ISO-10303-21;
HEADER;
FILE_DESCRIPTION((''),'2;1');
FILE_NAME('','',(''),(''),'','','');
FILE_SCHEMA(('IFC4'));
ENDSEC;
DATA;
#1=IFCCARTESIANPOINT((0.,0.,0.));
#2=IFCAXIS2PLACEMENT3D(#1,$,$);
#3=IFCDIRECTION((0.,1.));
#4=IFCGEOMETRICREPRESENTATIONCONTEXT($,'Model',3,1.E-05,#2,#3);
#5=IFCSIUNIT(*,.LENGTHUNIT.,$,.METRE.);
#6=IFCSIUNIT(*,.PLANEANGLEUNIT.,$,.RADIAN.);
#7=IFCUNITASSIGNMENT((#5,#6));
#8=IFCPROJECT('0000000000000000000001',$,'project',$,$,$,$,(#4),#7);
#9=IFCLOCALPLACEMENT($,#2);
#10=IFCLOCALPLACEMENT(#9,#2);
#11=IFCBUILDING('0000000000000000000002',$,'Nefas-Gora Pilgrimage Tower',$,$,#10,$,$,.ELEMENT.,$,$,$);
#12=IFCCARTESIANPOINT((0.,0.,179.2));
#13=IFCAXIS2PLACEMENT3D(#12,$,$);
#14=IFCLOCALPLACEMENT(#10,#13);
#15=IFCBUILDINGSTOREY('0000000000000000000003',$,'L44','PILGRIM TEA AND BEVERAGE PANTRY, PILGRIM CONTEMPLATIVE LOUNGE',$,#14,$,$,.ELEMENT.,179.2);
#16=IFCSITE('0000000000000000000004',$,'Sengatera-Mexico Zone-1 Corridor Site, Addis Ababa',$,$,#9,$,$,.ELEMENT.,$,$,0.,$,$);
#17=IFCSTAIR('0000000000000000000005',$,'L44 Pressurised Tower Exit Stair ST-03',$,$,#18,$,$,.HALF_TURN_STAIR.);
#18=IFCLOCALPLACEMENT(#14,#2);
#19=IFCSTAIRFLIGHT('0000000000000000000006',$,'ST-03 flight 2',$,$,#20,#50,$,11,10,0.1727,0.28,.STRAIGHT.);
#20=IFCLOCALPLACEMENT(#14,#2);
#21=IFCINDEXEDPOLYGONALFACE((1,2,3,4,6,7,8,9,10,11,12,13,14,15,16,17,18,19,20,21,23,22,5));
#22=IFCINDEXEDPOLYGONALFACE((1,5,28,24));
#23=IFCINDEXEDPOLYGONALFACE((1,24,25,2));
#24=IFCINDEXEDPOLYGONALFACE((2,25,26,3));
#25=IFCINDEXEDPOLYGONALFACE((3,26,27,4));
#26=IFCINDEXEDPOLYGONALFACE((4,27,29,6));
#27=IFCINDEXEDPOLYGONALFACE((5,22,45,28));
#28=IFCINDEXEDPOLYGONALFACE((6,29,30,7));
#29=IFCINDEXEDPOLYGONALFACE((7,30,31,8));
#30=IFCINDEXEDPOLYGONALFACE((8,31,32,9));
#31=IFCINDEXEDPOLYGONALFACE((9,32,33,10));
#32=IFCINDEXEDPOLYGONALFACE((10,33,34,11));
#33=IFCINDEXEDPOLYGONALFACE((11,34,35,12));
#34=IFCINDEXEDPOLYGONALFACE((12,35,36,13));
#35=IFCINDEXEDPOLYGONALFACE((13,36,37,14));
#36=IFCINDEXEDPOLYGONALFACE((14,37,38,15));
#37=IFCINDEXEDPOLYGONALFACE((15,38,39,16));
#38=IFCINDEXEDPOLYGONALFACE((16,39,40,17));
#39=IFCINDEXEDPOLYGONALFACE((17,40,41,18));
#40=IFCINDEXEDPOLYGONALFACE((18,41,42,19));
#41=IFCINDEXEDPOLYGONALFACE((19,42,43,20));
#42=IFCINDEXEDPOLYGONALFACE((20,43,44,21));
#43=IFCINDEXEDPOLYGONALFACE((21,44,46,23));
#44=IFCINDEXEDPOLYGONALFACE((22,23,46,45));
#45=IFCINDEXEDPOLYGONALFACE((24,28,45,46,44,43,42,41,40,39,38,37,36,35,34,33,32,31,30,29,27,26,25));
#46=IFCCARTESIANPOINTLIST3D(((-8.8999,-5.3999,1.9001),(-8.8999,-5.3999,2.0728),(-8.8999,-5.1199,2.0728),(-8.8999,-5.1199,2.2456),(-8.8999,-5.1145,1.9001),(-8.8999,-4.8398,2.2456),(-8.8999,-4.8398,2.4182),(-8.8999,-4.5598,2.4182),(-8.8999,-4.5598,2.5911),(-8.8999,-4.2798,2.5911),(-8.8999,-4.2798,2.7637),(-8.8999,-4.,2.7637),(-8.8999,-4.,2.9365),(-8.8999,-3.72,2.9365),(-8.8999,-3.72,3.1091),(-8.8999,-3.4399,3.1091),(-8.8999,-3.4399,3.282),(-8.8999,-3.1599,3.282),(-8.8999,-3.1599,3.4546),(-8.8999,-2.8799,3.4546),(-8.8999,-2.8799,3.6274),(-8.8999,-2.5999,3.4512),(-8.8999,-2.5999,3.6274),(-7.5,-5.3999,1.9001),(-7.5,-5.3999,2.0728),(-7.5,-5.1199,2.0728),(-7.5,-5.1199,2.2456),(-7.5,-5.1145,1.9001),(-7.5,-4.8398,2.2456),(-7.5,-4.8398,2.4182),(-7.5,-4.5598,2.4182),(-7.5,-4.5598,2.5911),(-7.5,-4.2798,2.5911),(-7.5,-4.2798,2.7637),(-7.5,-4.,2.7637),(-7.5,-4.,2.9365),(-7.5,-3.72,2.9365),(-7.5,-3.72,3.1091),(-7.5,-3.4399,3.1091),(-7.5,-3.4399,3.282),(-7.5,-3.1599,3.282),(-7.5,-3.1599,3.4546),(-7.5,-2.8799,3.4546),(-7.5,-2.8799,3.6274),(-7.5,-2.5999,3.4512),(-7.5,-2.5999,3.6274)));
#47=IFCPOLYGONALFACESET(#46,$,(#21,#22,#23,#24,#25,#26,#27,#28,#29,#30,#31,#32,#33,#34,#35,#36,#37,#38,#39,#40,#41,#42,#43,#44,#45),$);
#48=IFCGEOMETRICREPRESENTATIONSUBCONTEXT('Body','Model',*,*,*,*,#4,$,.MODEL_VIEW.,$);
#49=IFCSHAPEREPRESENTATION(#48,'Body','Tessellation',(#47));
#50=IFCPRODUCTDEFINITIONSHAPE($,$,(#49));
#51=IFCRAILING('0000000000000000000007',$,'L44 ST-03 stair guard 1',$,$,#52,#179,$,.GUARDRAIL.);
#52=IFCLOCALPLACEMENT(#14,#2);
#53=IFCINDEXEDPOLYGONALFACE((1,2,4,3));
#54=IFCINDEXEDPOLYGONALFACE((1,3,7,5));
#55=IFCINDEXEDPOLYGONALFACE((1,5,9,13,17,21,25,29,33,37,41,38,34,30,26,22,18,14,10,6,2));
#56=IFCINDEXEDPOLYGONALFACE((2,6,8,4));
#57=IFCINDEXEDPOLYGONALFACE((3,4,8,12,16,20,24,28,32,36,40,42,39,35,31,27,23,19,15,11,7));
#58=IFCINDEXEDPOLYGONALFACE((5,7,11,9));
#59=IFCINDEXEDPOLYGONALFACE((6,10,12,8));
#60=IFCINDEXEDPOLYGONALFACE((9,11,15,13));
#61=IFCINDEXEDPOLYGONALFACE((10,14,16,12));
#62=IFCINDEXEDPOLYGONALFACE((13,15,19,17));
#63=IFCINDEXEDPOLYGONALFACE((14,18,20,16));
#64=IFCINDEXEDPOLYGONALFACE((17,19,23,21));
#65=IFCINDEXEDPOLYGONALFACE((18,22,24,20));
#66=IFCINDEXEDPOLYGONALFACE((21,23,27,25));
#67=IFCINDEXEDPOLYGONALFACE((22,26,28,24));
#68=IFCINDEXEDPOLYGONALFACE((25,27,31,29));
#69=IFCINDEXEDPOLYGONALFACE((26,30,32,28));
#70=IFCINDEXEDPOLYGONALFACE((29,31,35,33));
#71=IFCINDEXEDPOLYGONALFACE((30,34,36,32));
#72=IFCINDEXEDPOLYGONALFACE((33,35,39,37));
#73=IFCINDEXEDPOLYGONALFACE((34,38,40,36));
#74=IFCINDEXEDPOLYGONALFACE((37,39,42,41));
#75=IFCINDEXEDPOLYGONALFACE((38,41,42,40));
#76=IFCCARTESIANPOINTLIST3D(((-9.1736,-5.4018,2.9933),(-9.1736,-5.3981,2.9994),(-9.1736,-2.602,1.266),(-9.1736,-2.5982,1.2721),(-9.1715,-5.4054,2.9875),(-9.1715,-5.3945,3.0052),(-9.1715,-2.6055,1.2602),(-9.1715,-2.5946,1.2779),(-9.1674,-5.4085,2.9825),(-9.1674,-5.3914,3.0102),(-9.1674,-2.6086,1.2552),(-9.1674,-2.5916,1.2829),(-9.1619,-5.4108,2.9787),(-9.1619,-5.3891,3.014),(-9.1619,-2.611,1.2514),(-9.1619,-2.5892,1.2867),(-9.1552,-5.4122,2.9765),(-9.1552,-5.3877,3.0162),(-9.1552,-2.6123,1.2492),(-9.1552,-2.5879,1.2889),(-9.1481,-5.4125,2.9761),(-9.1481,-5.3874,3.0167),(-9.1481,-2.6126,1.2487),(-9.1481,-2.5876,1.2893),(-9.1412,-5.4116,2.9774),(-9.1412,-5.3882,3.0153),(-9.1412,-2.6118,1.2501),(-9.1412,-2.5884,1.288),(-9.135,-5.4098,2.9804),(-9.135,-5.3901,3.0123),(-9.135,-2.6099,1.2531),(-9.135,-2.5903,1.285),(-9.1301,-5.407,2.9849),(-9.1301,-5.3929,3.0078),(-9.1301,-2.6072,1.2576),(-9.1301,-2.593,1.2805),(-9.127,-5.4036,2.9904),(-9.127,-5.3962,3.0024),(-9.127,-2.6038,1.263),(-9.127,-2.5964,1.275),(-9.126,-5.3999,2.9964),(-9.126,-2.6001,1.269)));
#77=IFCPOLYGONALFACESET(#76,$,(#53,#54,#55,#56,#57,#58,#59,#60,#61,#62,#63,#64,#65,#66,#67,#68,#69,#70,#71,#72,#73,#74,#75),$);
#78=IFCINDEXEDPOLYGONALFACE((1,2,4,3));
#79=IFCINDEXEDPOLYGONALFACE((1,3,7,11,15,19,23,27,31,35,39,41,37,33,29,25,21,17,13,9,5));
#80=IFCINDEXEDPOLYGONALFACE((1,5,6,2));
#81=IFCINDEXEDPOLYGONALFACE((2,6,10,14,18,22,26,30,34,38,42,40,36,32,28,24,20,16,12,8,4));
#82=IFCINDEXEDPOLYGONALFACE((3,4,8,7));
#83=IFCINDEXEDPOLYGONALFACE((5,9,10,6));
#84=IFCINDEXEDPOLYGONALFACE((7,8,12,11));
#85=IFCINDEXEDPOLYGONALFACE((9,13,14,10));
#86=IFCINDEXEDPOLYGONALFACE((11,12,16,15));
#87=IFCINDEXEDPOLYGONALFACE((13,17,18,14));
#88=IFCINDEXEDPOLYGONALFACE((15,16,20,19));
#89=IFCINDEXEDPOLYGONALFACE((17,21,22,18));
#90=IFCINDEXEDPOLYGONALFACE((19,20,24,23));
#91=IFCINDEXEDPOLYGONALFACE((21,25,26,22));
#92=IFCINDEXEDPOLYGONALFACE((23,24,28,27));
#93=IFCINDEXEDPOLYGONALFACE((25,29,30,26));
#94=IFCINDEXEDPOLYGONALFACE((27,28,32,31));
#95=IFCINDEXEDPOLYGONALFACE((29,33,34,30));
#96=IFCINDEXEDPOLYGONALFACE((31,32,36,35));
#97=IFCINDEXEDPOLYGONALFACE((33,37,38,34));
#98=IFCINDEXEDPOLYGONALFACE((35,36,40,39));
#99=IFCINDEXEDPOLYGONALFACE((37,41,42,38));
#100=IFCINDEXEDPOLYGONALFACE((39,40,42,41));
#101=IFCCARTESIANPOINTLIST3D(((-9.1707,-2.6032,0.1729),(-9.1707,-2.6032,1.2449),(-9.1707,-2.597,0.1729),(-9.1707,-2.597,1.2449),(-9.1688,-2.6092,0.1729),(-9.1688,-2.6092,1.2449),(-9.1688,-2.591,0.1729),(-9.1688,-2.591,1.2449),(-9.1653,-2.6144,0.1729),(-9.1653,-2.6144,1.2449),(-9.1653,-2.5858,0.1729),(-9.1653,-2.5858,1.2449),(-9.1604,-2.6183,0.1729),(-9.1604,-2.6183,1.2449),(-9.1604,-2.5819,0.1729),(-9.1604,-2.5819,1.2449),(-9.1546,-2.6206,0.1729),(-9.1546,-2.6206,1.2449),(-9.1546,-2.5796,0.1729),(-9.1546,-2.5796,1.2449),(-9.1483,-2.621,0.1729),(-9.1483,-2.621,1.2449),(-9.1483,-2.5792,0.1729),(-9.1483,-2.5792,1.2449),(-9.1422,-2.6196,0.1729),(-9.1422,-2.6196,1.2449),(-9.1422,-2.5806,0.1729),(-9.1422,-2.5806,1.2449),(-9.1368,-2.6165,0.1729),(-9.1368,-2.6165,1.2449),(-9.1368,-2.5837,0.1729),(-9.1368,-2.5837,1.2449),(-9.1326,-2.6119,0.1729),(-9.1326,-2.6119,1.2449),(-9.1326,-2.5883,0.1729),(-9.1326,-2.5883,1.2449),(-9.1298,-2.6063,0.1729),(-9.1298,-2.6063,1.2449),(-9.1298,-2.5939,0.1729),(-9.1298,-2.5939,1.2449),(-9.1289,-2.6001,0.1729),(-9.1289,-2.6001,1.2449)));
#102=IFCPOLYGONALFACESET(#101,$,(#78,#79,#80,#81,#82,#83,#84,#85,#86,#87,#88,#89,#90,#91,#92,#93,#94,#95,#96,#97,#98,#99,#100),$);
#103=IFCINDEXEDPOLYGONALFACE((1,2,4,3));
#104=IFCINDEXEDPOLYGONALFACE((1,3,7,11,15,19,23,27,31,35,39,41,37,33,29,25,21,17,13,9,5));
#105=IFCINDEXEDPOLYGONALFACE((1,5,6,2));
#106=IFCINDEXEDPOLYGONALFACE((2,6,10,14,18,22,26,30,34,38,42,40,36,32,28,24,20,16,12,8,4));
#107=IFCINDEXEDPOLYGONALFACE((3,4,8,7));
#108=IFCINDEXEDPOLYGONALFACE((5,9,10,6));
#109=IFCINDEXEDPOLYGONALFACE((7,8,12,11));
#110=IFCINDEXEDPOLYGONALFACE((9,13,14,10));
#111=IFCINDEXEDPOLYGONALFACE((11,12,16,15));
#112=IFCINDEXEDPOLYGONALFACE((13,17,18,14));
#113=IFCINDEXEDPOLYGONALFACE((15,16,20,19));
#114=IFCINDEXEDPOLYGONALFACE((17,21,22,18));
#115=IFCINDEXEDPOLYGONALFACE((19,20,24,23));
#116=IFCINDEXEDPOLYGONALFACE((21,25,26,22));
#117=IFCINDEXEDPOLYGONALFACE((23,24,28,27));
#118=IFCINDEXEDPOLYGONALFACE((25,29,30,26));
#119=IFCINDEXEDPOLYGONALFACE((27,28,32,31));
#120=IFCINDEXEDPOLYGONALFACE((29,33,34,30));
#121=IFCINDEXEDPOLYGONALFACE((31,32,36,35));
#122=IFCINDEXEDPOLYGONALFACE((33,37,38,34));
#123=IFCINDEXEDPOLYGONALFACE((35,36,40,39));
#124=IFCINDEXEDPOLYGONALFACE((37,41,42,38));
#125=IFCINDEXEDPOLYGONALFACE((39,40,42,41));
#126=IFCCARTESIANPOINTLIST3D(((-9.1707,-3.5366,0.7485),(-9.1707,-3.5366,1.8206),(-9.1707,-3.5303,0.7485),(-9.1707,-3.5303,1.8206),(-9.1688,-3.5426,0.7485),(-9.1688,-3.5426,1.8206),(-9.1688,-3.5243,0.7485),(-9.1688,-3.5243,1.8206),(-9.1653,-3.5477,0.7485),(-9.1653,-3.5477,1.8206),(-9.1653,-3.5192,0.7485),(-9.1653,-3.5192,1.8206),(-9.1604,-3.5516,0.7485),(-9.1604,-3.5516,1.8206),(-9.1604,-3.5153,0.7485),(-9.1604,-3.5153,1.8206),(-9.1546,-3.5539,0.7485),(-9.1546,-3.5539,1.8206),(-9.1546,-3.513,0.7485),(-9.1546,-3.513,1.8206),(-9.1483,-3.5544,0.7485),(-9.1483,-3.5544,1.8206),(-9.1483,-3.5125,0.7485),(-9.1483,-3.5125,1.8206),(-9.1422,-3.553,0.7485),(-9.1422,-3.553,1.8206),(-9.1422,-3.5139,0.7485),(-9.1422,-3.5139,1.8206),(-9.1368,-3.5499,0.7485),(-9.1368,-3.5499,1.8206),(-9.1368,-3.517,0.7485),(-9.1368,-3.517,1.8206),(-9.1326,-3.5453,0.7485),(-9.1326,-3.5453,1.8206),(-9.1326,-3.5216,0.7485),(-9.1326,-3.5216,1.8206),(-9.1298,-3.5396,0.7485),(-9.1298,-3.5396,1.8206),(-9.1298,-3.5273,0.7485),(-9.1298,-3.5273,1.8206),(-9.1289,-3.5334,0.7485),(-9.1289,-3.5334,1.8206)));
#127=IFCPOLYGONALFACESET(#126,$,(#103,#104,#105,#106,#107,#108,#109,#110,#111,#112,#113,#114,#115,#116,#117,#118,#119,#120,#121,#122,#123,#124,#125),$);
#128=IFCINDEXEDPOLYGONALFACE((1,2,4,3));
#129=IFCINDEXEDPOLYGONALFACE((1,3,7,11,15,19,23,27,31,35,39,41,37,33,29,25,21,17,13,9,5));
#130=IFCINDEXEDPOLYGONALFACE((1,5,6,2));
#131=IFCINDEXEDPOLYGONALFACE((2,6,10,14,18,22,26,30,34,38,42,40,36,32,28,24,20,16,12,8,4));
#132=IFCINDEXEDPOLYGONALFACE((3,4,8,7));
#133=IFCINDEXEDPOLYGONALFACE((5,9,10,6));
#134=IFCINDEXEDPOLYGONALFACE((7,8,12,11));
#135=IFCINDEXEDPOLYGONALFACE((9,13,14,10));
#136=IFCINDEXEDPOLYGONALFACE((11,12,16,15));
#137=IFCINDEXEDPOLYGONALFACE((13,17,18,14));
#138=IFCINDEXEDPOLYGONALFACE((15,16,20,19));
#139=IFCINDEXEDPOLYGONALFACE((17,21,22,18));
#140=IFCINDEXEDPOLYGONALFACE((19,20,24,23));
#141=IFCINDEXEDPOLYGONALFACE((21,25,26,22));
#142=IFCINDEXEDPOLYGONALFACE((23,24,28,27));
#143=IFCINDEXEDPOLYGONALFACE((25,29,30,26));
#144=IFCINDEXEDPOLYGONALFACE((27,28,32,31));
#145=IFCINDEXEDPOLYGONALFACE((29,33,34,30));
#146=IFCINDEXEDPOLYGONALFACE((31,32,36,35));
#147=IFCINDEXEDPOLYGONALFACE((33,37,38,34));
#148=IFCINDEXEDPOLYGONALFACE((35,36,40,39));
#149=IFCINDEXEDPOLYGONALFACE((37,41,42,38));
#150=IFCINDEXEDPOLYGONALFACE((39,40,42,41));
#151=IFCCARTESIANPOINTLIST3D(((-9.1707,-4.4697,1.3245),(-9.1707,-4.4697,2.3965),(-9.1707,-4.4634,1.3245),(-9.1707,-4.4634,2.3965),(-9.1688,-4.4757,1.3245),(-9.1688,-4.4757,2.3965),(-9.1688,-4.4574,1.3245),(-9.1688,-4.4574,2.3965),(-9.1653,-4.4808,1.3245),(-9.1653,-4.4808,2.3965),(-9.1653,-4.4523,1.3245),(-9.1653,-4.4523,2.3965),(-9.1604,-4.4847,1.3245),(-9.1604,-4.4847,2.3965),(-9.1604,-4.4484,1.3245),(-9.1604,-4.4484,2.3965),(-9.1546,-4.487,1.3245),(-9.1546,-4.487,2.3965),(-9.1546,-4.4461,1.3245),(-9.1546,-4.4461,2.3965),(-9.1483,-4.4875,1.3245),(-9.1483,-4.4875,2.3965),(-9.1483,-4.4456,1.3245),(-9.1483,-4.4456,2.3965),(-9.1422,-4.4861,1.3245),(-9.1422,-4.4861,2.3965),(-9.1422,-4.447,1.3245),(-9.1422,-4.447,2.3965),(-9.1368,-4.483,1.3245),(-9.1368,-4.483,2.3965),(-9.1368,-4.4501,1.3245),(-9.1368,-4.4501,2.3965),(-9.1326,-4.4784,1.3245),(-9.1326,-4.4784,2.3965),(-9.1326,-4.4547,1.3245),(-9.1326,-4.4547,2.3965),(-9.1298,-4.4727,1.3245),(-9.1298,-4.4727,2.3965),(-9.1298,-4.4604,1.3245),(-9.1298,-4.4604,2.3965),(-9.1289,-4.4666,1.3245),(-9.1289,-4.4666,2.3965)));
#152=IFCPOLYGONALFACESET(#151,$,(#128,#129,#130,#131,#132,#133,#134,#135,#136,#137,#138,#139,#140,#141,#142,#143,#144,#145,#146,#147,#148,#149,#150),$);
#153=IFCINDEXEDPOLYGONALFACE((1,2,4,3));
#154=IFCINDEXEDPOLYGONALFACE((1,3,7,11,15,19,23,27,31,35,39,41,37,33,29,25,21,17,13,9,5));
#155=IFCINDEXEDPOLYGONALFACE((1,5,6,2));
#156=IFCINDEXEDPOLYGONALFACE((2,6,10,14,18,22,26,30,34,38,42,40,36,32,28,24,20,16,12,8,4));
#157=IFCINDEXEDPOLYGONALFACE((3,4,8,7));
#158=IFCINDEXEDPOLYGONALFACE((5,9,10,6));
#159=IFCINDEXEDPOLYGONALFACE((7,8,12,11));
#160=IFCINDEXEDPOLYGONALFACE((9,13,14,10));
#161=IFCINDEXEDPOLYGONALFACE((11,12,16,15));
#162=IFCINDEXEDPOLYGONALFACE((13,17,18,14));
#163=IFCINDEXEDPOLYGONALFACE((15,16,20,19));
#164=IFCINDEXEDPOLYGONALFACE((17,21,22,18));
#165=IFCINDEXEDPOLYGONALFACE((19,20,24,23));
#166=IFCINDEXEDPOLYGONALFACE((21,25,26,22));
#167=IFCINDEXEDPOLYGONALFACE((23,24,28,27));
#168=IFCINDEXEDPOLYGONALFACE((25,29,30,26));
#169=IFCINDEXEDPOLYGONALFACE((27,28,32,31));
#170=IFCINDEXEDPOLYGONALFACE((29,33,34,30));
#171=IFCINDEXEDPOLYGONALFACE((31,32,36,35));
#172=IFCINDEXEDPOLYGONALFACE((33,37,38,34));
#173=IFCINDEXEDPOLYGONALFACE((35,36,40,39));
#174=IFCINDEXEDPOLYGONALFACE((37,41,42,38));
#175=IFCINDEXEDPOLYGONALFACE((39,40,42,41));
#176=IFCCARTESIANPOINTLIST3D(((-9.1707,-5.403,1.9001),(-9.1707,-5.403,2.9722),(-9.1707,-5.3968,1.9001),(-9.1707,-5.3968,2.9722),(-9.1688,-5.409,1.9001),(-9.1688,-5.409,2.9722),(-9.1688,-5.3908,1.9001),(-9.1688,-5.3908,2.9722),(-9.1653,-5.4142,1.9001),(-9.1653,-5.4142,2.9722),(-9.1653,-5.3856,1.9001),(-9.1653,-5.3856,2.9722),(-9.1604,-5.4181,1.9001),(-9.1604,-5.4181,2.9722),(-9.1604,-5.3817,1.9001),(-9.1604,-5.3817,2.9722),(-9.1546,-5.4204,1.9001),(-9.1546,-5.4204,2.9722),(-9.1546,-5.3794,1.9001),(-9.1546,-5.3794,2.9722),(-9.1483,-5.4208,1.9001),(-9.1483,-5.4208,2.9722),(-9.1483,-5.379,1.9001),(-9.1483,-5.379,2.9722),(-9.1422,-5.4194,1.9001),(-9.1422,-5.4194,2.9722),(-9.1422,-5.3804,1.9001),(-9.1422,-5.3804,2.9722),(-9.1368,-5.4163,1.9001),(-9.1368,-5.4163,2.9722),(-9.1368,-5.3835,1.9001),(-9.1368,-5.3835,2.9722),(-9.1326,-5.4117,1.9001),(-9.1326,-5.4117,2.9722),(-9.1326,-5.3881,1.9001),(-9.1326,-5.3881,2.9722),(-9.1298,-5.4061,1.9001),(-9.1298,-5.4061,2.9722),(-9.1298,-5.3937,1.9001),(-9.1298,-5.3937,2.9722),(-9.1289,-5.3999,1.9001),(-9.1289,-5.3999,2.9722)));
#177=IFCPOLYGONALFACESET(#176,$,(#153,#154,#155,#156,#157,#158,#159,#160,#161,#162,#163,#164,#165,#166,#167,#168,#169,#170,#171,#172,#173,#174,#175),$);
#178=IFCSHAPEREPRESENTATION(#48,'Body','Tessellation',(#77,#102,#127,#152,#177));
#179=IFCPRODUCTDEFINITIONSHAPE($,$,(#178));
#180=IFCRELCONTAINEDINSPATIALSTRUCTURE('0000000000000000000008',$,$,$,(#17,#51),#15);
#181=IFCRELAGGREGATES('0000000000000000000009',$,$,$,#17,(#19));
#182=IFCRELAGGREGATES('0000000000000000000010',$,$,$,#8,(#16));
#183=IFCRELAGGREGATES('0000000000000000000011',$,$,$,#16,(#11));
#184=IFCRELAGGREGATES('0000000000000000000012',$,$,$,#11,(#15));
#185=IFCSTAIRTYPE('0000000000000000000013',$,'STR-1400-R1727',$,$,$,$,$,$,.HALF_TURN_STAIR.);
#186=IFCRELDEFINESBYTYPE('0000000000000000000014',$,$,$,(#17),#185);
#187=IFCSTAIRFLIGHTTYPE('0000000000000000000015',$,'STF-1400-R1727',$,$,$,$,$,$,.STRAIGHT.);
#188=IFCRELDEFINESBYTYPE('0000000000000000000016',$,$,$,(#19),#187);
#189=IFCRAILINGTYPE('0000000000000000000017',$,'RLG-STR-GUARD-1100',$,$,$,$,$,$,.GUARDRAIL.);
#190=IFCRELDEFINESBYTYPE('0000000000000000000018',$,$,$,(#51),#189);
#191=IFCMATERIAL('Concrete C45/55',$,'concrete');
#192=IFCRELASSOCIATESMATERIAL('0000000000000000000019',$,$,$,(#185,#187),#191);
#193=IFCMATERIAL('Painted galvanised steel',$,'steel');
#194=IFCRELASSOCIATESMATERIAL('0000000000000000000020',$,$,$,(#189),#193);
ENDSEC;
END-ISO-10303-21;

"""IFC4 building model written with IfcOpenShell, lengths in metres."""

from ifc_helpers import new_model, si_unit, direction, frame, origin, origin_2d, place, context, subcontext, project, spatial, polyline, circle, outline, extrude, source, transform, mapped, material, type_object, element, aggregate, save


model = new_model("IFC4")

# Units and contexts
model_context = context("Model", 3, precision=1e-05, world=origin(), true_north=direction((0.0, 1.0)))
body_context = subcontext(model_context, "Body", "Model", "MODEL_VIEW")
ifc_project = project(units=[si_unit("LENGTHUNIT", "METRE"), si_unit("PLANEANGLEUNIT", "RADIAN")], contexts=[model_context])

# Site, building, storey
site_placement = place(None, origin())
site = spatial("IfcSite", under=ifc_project, at=site_placement, Name="Sengatera-Mexico Zone-1 Corridor Site, Addis Ababa", CompositionType="ELEMENT", RefElevation=0.0)
building_placement = place(site_placement, origin())
building = spatial("IfcBuilding", under=site, at=building_placement, Name="Nefas-Gora Pilgrimage Tower", CompositionType="ELEMENT")
storey_placement = place(building_placement, frame((0.0, 0.0, 179.2)))
storey = spatial("IfcBuildingStorey", under=building, at=storey_placement, Name="L44", Description="PILGRIM TEA AND BEVERAGE PANTRY, PILGRIM CONTEMPLATIVE LOUNGE", CompositionType="ELEMENT", Elevation=179.2)

# Shared definitions
ifc_material_1 = material(Name="Concrete C45/55", Category="concrete")

# Stair, stair flight
stair_type = type_object("IfcStairType", Name="STR-1400-R1727", PredefinedType="HALF_TURN_STAIR", material=ifc_material_1)
stair_placement = place(storey_placement, origin())
stair = element("IfcStair", 1, at=stair_placement, inside=storey, type_object=stair_type, Name="L44 Pressurised Tower Exit Stair ST-03", PredefinedType="HALF_TURN_STAIR")
stair_flight_type = type_object("IfcStairFlightType", Name="STF-1400-R1727", PredefinedType="STRAIGHT", material=ifc_material_1)
shared_shape_1 = source(origin(), body_context, "Body", "SweptSolid", [
    extrude(outline(polyline([(0.0, 0.0), (0.0, 0.1726), (0.28, 0.1726), (0.28, 0.3455), (0.5601, 0.3455), (0.5601, 0.5181), (0.8401, 0.5181), (0.8401, 0.6909), (1.1201, 0.6909), (1.1201, 0.8635), (1.3999, 0.8635), (1.3999, 1.0364), (1.6799, 1.0364), (1.6799, 1.209), (1.96, 1.209), (1.96, 1.3818), (2.24, 1.3818), (2.24, 1.5544), (2.52, 1.5544), (2.52, 1.7273), (2.8, 1.7273), (2.8, 1.8999), (2.8, 1.551), (0.2854, 0.0), (0.0, 0.0)])), frame((0.0, 0.7, 0.0), z_axis=(0.0, -1.0, 0.0), x_axis=(1.0, 0.0, 0.0)), (0.0, 0.0, 1.0), 1.3999),
])
stair_flight_1_placement = place(storey_placement, frame((-8.2, -5.3999, 1.9001), z_axis=(0.0, 0.0, 1.0), x_axis=(0.0, 1.0, 0.0)))
stair_flight_1 = element("IfcStairFlight", 2, at=stair_flight_1_placement, type_object=stair_flight_type, Name="ST-03 flight 2", NumberOfRisers=11, NumberOfTreads=10, PredefinedType="STRAIGHT", RiserHeight=0.1727, TreadLength=0.28, context=body_context, shape_type="MappedRepresentation", body=[
    mapped(shared_shape_1, transform((0.0, 0.0, 0.0), x_axis=(1.0, 0.0, 0.0), y_axis=(0.0, 1.0, 0.0), z_axis=(0.0, 0.0, 1.0), scale=1.0)),
])
aggregate(stair, [stair_flight_1])

# Railing
ifc_material_2 = material(Name="Painted galvanised steel", Category="steel")
railing_type_1 = type_object("IfcRailingType", Name="RLG-STR-GUARD-1100", PredefinedType="GUARDRAIL", material=ifc_material_2)
railing_1_placement = place(storey_placement, frame((-9.1499, -2.6001, 0.1729)))
element("IfcRailing", 3, at=railing_1_placement, inside=storey, type_object=railing_type_1, Name="L44 ST-03 stair guard 1", PredefinedType="GUARDRAIL", context=body_context, shape_type="SweptSolid", body=[
    extrude(circle(Radius=0.0239, at=origin_2d()), frame((0.0, 0.0, 1.0962), z_axis=(0.0, -0.851069, 0.525054), x_axis=(1.0, 0.0, 0.0)), (0.0, 0.0, 1.0), 3.2898),
    extrude(circle(Radius=0.021, at=origin_2d()), origin(), (0.0, 0.0, 1.0), 1.072),
    extrude(circle(Radius=0.021, at=origin_2d()), frame((0.0, -0.9333, 0.5757)), (0.0, 0.0, 1.0), 1.072),
    extrude(circle(Radius=0.021, at=origin_2d()), frame((0.0, -1.8665, 1.1516)), (0.0, 0.0, 1.0), 1.072),
    extrude(circle(Radius=0.021, at=origin_2d()), frame((0.0, -2.7998, 1.7273)), (0.0, 0.0, 1.0), 1.072),
])

save(model, "model.ifc")
